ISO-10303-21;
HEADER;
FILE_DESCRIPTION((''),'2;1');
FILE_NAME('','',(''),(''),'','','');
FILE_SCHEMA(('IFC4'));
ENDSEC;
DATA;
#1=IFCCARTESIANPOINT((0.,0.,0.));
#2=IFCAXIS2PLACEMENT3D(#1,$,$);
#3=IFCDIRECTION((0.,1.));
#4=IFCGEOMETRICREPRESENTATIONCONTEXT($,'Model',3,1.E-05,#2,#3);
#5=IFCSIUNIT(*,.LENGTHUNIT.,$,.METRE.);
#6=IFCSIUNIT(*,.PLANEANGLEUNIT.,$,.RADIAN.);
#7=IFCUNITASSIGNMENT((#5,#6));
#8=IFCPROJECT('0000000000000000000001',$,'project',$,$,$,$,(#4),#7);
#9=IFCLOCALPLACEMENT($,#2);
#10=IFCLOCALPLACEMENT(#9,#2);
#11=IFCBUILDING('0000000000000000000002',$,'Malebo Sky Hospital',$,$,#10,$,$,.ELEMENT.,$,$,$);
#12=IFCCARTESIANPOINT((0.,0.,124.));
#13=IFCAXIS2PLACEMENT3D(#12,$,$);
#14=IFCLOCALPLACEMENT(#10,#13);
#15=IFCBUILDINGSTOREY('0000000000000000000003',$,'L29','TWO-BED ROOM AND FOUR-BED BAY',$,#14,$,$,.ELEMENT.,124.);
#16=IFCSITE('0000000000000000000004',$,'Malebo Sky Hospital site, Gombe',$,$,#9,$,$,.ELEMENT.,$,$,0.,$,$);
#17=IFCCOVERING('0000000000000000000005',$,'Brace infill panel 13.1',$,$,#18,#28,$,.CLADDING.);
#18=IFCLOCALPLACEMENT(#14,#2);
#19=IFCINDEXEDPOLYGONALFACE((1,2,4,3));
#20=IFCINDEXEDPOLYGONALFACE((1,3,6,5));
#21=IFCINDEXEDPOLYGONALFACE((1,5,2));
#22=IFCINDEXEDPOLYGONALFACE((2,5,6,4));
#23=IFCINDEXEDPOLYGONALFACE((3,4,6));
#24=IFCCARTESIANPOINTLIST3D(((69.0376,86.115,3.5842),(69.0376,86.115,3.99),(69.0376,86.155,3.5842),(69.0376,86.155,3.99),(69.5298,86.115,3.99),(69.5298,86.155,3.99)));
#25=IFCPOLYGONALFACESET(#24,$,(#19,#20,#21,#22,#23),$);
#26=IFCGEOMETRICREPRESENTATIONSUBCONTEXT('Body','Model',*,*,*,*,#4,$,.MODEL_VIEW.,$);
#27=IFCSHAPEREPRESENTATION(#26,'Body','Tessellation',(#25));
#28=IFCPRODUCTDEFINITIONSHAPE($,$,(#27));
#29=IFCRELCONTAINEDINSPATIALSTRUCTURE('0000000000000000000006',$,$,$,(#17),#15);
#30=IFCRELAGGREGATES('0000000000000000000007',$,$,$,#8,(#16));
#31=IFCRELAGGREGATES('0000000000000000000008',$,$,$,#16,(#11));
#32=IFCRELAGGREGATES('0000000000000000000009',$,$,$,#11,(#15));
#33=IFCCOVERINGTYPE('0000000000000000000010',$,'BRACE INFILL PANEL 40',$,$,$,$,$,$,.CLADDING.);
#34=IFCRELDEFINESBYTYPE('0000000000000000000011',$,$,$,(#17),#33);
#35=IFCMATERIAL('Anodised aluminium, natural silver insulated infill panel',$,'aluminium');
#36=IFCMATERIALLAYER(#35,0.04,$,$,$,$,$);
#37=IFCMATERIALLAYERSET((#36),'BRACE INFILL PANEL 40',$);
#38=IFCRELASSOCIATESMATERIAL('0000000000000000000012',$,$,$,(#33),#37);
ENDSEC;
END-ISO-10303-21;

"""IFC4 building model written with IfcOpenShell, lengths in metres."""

from ifc_helpers import new_model, si_unit, direction, frame, origin, place, context, subcontext, project, spatial, polyline, outline, extrude, material, layer, layer_set, type_object, element, save


model = new_model("IFC4")

# Units and contexts
model_context = context("Model", 3, precision=1e-05, world=origin(), true_north=direction((0.0, 1.0)))
body_context = subcontext(model_context, "Body", "Model", "MODEL_VIEW")
ifc_project = project(units=[si_unit("LENGTHUNIT", "METRE"), si_unit("PLANEANGLEUNIT", "RADIAN")], contexts=[model_context])

# Site, building, storey
site_placement = place(None, origin())
site = spatial("IfcSite", under=ifc_project, at=site_placement, Name="Malebo Sky Hospital site, Gombe", CompositionType="ELEMENT", RefElevation=0.0)
building_placement = place(site_placement, origin())
building = spatial("IfcBuilding", under=site, at=building_placement, Name="Malebo Sky Hospital", CompositionType="ELEMENT")
storey_placement = place(building_placement, frame((0.0, 0.0, 124.0)))
storey = spatial("IfcBuildingStorey", under=building, at=storey_placement, Name="L29", Description="TWO-BED ROOM AND FOUR-BED BAY", CompositionType="ELEMENT", Elevation=124.0)

# Covering
ifc_material_1 = material(Name="Anodised aluminium, natural silver insulated infill panel", Category="aluminium")
ifc_layer_1 = layer(ifc_material_1, 0.04)
ifc_layer_set_1 = layer_set([ifc_layer_1], Name="BRACE INFILL PANEL 40")
covering_type = type_object("IfcCoveringType", Name="BRACE INFILL PANEL 40", PredefinedType="CLADDING", material=ifc_layer_set_1)
covering_1_placement = place(storey_placement, frame((69.2837, 86.135, 3.5842), z_axis=(0.0, 0.0, 1.0), x_axis=(1.0, 0.0, 0.0)))
element("IfcCovering", 1, at=covering_1_placement, inside=storey, type_object=covering_type, Name="Brace infill panel 13.1", PredefinedType="CLADDING", context=body_context, shape_type="SweptSolid", body=[
    extrude(outline(polyline([(-0.2461, 0.0), (0.2461, 0.4058), (-0.2461, 0.4058), (-0.2461, 0.0)])), frame((0.0, 0.02, 0.0), z_axis=(0.0, -1.0, 0.0), x_axis=(1.0, 0.0, 0.0)), (0.0, 0.0, 1.0), 0.04),
])

save(model, "model.ifc")
